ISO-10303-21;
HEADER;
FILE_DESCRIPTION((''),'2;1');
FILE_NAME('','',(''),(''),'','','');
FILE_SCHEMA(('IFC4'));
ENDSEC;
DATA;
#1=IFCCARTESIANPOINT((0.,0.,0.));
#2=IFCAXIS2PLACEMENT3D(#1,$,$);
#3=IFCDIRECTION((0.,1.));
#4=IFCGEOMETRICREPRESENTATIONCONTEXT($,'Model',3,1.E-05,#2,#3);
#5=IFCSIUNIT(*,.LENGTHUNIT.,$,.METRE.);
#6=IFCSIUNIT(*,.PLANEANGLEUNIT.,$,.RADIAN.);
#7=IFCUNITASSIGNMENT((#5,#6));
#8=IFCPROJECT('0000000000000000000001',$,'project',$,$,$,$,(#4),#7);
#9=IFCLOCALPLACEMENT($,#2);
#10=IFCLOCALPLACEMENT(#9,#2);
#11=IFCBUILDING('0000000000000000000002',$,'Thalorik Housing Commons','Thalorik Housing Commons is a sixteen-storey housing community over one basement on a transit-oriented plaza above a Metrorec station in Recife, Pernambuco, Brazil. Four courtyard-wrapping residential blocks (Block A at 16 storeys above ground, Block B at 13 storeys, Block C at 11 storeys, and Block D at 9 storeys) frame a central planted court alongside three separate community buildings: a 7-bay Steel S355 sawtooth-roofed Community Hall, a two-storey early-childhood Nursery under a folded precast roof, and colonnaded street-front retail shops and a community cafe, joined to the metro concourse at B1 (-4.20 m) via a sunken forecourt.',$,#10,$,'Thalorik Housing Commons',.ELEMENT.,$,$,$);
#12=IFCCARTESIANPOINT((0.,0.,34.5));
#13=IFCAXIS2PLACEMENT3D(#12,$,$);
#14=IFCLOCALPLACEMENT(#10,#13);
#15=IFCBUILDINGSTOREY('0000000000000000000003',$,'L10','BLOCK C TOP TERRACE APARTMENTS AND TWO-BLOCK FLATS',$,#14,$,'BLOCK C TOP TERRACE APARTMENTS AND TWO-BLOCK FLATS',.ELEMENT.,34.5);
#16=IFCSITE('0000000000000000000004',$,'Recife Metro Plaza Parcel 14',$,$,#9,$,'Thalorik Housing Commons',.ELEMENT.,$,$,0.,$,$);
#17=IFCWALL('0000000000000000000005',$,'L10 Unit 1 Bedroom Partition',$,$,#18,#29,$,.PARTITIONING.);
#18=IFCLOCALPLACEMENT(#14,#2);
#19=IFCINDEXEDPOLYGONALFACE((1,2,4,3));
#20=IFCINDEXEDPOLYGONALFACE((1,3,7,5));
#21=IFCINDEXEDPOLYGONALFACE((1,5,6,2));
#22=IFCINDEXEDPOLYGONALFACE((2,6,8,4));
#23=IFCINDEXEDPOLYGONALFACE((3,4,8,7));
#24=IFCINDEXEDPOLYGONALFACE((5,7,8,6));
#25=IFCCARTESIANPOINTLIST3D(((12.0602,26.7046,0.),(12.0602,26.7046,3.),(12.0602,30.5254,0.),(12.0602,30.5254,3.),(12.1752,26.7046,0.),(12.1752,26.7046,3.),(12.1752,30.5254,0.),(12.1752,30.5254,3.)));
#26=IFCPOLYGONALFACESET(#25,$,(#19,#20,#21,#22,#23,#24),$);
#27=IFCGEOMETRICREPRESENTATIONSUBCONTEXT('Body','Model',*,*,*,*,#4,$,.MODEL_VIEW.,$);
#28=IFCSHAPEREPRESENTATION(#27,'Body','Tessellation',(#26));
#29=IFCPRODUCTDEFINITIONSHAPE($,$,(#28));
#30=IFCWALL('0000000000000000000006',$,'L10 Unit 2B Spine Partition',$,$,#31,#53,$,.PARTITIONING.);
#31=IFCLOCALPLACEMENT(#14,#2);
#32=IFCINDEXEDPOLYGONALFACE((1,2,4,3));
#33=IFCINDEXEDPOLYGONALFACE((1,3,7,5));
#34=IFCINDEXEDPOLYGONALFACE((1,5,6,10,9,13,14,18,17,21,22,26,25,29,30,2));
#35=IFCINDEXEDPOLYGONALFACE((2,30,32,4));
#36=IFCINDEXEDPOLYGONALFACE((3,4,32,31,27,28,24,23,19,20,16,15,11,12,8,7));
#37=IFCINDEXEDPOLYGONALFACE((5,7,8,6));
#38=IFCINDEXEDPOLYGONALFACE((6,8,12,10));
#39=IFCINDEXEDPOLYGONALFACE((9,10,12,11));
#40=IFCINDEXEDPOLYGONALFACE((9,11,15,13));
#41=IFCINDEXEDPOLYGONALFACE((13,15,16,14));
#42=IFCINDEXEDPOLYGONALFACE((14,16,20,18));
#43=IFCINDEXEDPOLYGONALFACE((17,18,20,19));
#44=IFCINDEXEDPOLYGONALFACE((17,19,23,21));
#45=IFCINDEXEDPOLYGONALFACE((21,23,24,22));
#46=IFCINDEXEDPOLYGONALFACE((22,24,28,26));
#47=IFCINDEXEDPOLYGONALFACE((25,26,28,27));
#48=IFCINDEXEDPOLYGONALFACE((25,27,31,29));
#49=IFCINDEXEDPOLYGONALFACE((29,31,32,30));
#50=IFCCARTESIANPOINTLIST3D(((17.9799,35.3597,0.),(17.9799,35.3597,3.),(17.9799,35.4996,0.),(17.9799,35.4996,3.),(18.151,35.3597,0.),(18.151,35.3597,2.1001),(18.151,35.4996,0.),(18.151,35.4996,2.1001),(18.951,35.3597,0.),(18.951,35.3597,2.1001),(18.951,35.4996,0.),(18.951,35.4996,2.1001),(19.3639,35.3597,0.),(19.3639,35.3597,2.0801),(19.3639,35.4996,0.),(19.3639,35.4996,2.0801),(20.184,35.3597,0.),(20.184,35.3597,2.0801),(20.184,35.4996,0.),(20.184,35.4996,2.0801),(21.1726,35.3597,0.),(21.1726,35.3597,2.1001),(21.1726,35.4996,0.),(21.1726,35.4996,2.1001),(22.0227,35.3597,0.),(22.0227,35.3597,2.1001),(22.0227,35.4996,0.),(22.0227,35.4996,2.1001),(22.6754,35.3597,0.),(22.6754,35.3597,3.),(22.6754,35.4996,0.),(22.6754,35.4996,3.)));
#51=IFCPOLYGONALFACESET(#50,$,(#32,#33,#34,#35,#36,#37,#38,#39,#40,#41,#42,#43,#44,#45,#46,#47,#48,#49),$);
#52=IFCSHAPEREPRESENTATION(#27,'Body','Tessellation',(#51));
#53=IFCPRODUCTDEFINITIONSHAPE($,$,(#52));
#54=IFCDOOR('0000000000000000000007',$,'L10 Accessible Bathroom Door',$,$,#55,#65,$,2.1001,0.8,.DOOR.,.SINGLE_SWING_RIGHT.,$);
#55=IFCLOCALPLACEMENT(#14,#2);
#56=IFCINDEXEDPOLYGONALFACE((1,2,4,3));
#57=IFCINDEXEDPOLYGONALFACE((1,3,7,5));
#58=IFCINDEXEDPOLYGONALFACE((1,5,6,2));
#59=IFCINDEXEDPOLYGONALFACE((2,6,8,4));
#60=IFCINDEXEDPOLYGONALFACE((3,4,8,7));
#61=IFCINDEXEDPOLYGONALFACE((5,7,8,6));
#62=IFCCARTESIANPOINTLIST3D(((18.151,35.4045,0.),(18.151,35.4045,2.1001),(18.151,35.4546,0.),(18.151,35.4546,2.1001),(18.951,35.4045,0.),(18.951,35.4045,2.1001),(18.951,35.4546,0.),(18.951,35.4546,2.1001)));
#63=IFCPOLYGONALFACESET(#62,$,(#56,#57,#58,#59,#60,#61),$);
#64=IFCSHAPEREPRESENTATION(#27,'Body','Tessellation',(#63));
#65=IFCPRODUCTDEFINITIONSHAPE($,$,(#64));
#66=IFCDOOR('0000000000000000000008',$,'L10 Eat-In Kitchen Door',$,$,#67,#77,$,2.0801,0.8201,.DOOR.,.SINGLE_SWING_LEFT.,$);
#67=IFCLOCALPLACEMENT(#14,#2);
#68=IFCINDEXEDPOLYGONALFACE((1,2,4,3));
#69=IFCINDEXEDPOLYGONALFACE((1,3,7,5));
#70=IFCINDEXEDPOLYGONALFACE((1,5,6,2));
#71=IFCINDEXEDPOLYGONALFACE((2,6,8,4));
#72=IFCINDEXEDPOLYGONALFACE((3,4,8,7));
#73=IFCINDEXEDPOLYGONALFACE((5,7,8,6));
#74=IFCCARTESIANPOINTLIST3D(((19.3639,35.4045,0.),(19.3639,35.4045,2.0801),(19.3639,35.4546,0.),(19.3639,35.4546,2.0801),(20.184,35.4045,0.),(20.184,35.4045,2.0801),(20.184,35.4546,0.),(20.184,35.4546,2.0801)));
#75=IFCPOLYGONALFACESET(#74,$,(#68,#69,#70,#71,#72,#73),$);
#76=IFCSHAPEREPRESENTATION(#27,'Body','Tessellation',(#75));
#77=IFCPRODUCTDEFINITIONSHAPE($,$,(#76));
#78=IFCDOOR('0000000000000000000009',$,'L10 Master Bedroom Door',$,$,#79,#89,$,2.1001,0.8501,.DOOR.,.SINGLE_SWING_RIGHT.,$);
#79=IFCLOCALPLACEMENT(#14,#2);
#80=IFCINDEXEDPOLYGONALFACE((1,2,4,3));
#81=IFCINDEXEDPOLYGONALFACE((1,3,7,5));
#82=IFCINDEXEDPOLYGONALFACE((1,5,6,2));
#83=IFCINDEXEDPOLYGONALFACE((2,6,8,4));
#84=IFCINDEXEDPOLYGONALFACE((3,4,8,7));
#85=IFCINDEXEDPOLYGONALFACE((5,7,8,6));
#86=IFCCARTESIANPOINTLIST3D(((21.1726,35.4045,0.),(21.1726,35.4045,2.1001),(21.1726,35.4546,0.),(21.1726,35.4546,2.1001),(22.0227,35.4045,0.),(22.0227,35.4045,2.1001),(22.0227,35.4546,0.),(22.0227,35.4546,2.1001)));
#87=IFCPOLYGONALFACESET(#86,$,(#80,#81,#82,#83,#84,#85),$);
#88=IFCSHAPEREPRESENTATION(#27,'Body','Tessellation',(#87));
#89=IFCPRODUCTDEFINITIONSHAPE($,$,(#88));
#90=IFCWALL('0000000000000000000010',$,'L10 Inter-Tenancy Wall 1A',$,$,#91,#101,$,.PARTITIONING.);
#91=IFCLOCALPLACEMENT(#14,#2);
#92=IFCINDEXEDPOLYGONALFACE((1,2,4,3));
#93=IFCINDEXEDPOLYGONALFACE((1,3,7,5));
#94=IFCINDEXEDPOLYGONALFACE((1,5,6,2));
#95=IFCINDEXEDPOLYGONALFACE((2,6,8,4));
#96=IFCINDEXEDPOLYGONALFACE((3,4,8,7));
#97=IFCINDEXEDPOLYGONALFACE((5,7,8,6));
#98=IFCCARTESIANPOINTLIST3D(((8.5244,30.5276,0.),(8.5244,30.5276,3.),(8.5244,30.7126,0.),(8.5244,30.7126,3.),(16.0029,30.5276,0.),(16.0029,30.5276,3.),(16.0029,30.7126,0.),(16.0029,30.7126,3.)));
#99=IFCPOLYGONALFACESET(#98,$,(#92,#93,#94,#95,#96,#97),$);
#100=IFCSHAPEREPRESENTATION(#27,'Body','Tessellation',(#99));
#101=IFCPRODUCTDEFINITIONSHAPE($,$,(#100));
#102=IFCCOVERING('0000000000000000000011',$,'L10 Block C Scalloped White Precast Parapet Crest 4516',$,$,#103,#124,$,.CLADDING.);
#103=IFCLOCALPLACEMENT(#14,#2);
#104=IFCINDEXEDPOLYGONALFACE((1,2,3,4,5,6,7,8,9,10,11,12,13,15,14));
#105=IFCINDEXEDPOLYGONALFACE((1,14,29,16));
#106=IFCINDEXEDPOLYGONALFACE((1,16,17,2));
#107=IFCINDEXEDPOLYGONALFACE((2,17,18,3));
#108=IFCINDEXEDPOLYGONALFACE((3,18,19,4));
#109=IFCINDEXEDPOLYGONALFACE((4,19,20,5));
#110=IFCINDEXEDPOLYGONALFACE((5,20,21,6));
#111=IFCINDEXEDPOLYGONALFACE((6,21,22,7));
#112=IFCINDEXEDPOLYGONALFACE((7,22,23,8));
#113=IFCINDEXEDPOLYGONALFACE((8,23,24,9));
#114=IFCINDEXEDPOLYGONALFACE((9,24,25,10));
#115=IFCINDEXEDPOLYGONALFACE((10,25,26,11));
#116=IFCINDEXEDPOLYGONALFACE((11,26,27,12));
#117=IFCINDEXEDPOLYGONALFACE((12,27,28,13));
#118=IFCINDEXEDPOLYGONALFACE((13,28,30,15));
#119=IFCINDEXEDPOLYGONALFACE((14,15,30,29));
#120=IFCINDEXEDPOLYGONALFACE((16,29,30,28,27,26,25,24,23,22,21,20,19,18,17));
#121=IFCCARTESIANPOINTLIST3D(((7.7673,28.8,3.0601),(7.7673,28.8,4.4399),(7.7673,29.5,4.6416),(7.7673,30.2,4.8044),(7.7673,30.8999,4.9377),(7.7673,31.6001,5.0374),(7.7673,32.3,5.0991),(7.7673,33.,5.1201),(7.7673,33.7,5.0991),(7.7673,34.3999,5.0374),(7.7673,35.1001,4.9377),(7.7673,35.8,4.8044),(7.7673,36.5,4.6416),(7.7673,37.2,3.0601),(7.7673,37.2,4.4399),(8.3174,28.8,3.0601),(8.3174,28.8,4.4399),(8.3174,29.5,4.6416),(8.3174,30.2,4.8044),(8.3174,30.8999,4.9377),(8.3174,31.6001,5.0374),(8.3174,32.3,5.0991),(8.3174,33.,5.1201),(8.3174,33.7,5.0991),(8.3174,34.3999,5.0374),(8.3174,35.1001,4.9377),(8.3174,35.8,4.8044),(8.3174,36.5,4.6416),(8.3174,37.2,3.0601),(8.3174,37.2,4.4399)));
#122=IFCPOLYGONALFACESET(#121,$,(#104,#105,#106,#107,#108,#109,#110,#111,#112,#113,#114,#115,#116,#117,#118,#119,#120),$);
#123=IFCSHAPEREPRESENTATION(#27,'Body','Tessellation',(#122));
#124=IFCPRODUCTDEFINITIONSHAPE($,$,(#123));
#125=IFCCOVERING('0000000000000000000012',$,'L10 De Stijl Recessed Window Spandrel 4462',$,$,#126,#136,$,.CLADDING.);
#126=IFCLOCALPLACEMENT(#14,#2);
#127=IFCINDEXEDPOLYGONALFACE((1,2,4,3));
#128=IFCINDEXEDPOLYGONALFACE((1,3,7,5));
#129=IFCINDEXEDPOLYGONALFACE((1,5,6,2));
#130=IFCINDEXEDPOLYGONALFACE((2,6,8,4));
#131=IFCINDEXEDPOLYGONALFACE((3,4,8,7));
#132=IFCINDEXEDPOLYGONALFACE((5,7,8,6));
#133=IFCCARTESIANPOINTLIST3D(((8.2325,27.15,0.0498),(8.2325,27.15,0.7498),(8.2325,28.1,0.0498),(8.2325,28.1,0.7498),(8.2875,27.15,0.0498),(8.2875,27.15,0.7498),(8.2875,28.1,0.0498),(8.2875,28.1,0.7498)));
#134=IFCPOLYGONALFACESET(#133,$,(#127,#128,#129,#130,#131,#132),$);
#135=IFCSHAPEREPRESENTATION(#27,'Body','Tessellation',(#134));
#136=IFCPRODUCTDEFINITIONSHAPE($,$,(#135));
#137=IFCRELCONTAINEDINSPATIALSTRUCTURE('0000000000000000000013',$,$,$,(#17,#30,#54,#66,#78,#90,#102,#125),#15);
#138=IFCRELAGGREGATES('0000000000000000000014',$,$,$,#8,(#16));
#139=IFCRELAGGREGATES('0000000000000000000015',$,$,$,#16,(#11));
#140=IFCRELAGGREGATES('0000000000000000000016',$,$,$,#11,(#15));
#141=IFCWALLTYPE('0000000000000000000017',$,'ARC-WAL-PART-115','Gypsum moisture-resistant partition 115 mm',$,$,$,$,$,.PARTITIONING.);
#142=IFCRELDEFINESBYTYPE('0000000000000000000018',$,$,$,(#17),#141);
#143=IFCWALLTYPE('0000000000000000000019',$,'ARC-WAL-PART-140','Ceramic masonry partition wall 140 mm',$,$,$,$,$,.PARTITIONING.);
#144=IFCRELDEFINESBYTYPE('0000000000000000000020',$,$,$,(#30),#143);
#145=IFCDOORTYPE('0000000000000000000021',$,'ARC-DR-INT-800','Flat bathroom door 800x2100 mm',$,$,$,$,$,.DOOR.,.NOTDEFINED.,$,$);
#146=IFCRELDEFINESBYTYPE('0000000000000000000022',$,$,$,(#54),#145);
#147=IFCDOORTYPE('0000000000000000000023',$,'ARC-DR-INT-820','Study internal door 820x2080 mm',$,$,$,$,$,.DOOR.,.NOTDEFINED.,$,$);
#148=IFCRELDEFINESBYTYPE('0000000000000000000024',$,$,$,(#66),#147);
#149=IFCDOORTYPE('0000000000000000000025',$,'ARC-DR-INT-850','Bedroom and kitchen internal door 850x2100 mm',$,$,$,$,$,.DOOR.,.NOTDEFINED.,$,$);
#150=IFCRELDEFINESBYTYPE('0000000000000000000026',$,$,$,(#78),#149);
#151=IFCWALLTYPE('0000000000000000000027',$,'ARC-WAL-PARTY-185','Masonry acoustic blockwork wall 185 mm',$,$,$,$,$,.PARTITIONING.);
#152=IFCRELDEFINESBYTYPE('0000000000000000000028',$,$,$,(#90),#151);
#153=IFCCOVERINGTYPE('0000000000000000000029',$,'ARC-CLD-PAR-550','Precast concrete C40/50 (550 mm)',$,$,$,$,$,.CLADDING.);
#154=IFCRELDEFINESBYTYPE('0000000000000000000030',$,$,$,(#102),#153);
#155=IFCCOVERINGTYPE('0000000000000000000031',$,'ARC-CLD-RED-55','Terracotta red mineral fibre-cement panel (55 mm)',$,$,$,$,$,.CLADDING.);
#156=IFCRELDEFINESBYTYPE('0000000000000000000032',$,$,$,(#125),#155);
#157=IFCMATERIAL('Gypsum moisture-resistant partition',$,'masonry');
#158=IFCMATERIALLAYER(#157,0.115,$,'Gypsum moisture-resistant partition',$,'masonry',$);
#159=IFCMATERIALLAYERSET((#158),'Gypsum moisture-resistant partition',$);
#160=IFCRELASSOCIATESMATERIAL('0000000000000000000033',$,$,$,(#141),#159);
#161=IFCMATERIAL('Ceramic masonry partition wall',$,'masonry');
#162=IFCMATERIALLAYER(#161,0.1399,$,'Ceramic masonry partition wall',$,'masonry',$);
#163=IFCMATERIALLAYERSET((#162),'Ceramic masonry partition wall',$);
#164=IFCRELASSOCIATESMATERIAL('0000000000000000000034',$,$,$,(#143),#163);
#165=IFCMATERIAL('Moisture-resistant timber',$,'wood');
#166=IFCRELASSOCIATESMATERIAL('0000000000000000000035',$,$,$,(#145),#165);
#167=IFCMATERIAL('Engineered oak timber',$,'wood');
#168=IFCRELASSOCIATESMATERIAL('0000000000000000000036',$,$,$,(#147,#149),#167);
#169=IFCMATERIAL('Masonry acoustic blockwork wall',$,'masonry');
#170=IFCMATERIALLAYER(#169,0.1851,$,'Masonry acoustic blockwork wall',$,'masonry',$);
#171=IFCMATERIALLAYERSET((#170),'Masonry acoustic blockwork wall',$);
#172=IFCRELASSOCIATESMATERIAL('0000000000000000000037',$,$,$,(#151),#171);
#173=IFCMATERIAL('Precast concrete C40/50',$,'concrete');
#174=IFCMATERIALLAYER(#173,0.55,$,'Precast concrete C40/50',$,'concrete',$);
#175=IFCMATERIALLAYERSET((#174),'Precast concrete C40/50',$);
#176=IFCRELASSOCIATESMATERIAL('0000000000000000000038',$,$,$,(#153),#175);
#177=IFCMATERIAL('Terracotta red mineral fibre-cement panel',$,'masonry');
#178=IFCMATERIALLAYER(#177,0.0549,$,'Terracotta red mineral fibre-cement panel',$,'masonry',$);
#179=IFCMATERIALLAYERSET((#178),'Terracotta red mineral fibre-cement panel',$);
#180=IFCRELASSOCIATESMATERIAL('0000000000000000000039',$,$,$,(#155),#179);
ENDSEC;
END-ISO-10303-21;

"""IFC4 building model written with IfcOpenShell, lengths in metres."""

from ifc_helpers import new_model, si_unit, direction, frame, frame_2d, origin, origin_2d, place, context, subcontext, project, spatial, polyline, rectangle, outline, extrude, material, layer, layer_set, type_object, element, fill, save


model = new_model("IFC4")

# Units and contexts
model_context = context("Model", 3, precision=1e-05, world=origin(), true_north=direction((0.0, 1.0)))
body_context = subcontext(model_context, "Body", "Model", "MODEL_VIEW")
ifc_project = project(units=[si_unit("LENGTHUNIT", "METRE"), si_unit("PLANEANGLEUNIT", "RADIAN")], contexts=[model_context])

# Site, building, storey
site_placement = place(None, origin())
site = spatial("IfcSite", under=ifc_project, at=site_placement, Name="Recife Metro Plaza Parcel 14", LongName="Thalorik Housing Commons", CompositionType="ELEMENT", RefElevation=0.0)
building_placement = place(site_placement, origin())
building = spatial("IfcBuilding", under=site, at=building_placement, Name="Thalorik Housing Commons", Description="Thalorik Housing Commons is a sixteen-storey housing community over one basement on a transit-oriented plaza above a Metrorec station in Recife, Pernambuco, Brazil. Four courtyard-wrapping residential blocks (Block A at 16 storeys above ground, Block B at 13 storeys, Block C at 11 storeys, and Block D at 9 storeys) frame a central planted court alongside three separate community buildings: a 7-bay Steel S355 sawtooth-roofed Community Hall, a two-storey early-childhood Nursery under a folded precast roof, and colonnaded street-front retail shops and a community cafe, joined to the metro concourse at B1 (-4.20 m) via a sunken forecourt.", LongName="Thalorik Housing Commons", CompositionType="ELEMENT")
storey_placement = place(building_placement, frame((0.0, 0.0, 34.5)))
storey = spatial("IfcBuildingStorey", under=building, at=storey_placement, Name="L10", Description="BLOCK C TOP TERRACE APARTMENTS AND TWO-BLOCK FLATS", LongName="BLOCK C TOP TERRACE APARTMENTS AND TWO-BLOCK FLATS", CompositionType="ELEMENT", Elevation=34.5)

# Shared definitions
ifc_material_1 = material(Name="Precast concrete C40/50", Category="concrete")

# Wall
ifc_material_2 = material(Name="Gypsum moisture-resistant partition", Category="masonry")
ifc_layer_1 = layer(ifc_material_2, 0.115, Name="Gypsum moisture-resistant partition", Category="masonry")
ifc_layer_set_1 = layer_set([ifc_layer_1], Name="Gypsum moisture-resistant partition")
wall_type_1 = type_object("IfcWallType", Name="ARC-WAL-PART-115", Description="Gypsum moisture-resistant partition 115 mm", PredefinedType="PARTITIONING", material=ifc_layer_set_1)
wall_1_placement = place(storey_placement, frame((12.1177, 26.7046, 0.0), z_axis=(0.0, 0.0, 1.0), x_axis=(0.0, 1.0, 0.0)))
element("IfcWall", 1, at=wall_1_placement, inside=storey, type_object=wall_type_1, Name="L10 Unit 1 Bedroom Partition", PredefinedType="PARTITIONING", context=body_context, shape_type="SweptSolid", body=[
    extrude(rectangle(XDim=3.8208, YDim=0.115, at=frame_2d((1.9104, 0.0))), origin(), (0.0, 0.0, 1.0), 3.0),
])

# Wall, openings, doors
ifc_material_3 = material(Name="Ceramic masonry partition wall", Category="masonry")
ifc_layer_2 = layer(ifc_material_3, 0.1399, Name="Ceramic masonry partition wall", Category="masonry")
ifc_layer_set_2 = layer_set([ifc_layer_2], Name="Ceramic masonry partition wall")
wall_type_2 = type_object("IfcWallType", Name="ARC-WAL-PART-140", Description="Ceramic masonry partition wall 140 mm", PredefinedType="PARTITIONING", material=ifc_layer_set_2)
wall_2_placement = place(storey_placement, frame((17.98, 35.4297, 0.0), z_axis=(0.0, 0.0, 1.0), x_axis=(1.0, 0.0, 0.0)))
wall_2 = element("IfcWall", 2, at=wall_2_placement, inside=storey, type_object=wall_type_2, Name="L10 Unit 2B Spine Partition", PredefinedType="PARTITIONING", context=body_context, shape_type="SweptSolid", body=[
    extrude(rectangle(XDim=4.6956, YDim=0.1399, at=frame_2d((2.3477, 0.0))), origin(), (0.0, 0.0, 1.0), 3.0),
])
opening_1_placement = place(wall_2_placement, frame((0.1711, 0.0, 0.0)))
opening_1 = element("IfcOpeningElement", 3, at=opening_1_placement, cuts=wall_2, PredefinedType="OPENING", context=body_context, shape_type="SweptSolid", body=[
    extrude(rectangle(XDim=0.8, YDim=2.1001, at=frame_2d((0.3999, 1.05))), frame((0.0, 0.0801, 0.0), z_axis=(0.0, -1.0, 0.0), x_axis=(1.0, 0.0, 0.0)), (0.0, 0.0, 1.0), 0.1599),
])
opening_2_placement = place(wall_2_placement, frame((1.3838, 0.0, 0.0)))
opening_2 = element("IfcOpeningElement", 4, at=opening_2_placement, cuts=wall_2, PredefinedType="OPENING", context=body_context, shape_type="SweptSolid", body=[
    extrude(rectangle(XDim=0.8201, YDim=2.0801, at=frame_2d((0.4102, 1.04))), frame((0.0, 0.0801, 0.0), z_axis=(0.0, -1.0, 0.0), x_axis=(1.0, 0.0, 0.0)), (0.0, 0.0, 1.0), 0.1599),
])
opening_3_placement = place(wall_2_placement, frame((3.1926, 0.0, 0.0)))
opening_3 = element("IfcOpeningElement", 5, at=opening_3_placement, cuts=wall_2, PredefinedType="OPENING", context=body_context, shape_type="SweptSolid", body=[
    extrude(rectangle(XDim=0.8501, YDim=2.1001, at=frame_2d((0.425, 1.05))), frame((0.0, 0.0801, 0.0), z_axis=(0.0, -1.0, 0.0), x_axis=(1.0, 0.0, 0.0)), (0.0, 0.0, 1.0), 0.1599),
])
ifc_material_4 = material(Name="Moisture-resistant timber", Category="wood")
door_type_1 = type_object("IfcDoorType", Name="ARC-DR-INT-800", Description="Flat bathroom door 800x2100 mm", OperationType="NOTDEFINED", PredefinedType="DOOR", material=ifc_material_4)
door_1_placement = place(opening_1_placement, origin())
door_1 = element("IfcDoor", 6, at=door_1_placement, inside=storey, type_object=door_type_1, Name="L10 Accessible Bathroom Door", OperationType="SINGLE_SWING_RIGHT", OverallHeight=2.1001, OverallWidth=0.8, PredefinedType="DOOR", context=body_context, shape_type="SweptSolid", body=[
    extrude(rectangle(XDim=0.8, YDim=2.1001, at=frame_2d((0.3999, 1.05))), frame((0.0, 0.0249, 0.0), z_axis=(0.0, -1.0, 0.0), x_axis=(1.0, 0.0, 0.0)), (0.0, 0.0, 1.0), 0.05),
])
fill(opening_1, door_1)
ifc_material_5 = material(Name="Engineered oak timber", Category="wood")
door_type_2 = type_object("IfcDoorType", Name="ARC-DR-INT-820", Description="Study internal door 820x2080 mm", OperationType="NOTDEFINED", PredefinedType="DOOR", material=ifc_material_5)
door_2_placement = place(opening_2_placement, origin())
door_2 = element("IfcDoor", 7, at=door_2_placement, inside=storey, type_object=door_type_2, Name="L10 Eat-In Kitchen Door", OperationType="SINGLE_SWING_LEFT", OverallHeight=2.0801, OverallWidth=0.8201, PredefinedType="DOOR", context=body_context, shape_type="SweptSolid", body=[
    extrude(rectangle(XDim=0.8201, YDim=2.0801, at=frame_2d((0.4102, 1.04))), frame((0.0, 0.0249, 0.0), z_axis=(0.0, -1.0, 0.0), x_axis=(1.0, 0.0, 0.0)), (0.0, 0.0, 1.0), 0.05),
])
fill(opening_2, door_2)
door_type_3 = type_object("IfcDoorType", Name="ARC-DR-INT-850", Description="Bedroom and kitchen internal door 850x2100 mm", OperationType="NOTDEFINED", PredefinedType="DOOR", material=ifc_material_5)
door_3_placement = place(opening_3_placement, origin())
door_3 = element("IfcDoor", 8, at=door_3_placement, inside=storey, type_object=door_type_3, Name="L10 Master Bedroom Door", OperationType="SINGLE_SWING_RIGHT", OverallHeight=2.1001, OverallWidth=0.8501, PredefinedType="DOOR", context=body_context, shape_type="SweptSolid", body=[
    extrude(rectangle(XDim=0.8501, YDim=2.1001, at=frame_2d((0.425, 1.05))), frame((0.0, 0.0249, 0.0), z_axis=(0.0, -1.0, 0.0), x_axis=(1.0, 0.0, 0.0)), (0.0, 0.0, 1.0), 0.05),
])
fill(opening_3, door_3)

# Wall
ifc_material_6 = material(Name="Masonry acoustic blockwork wall", Category="masonry")
ifc_layer_3 = layer(ifc_material_6, 0.1851, Name="Masonry acoustic blockwork wall", Category="masonry")
ifc_layer_set_3 = layer_set([ifc_layer_3], Name="Masonry acoustic blockwork wall")
wall_type_3 = type_object("IfcWallType", Name="ARC-WAL-PARTY-185", Description="Masonry acoustic blockwork wall 185 mm", PredefinedType="PARTITIONING", material=ifc_layer_set_3)
wall_3_placement = place(storey_placement, frame((8.5244, 30.6201, 0.0), z_axis=(0.0, 0.0, 1.0), x_axis=(1.0, 0.0, 0.0)))
element("IfcWall", 9, at=wall_3_placement, inside=storey, type_object=wall_type_3, Name="L10 Inter-Tenancy Wall 1A", PredefinedType="PARTITIONING", context=body_context, shape_type="SweptSolid", body=[
    extrude(rectangle(XDim=7.4785, YDim=0.1851, at=frame_2d((3.7393, 0.0))), origin(), (0.0, 0.0, 1.0), 3.0),
])

# Coverings
ifc_layer_4 = layer(ifc_material_1, 0.55, Name="Precast concrete C40/50", Category="concrete")
ifc_layer_set_4 = layer_set([ifc_layer_4], Name="Precast concrete C40/50")
covering_type_1 = type_object("IfcCoveringType", Name="ARC-CLD-PAR-550", Description="Precast concrete C40/50 (550 mm)", PredefinedType="CLADDING", material=ifc_layer_set_4)
covering_1_placement = place(storey_placement, frame((8.0425, 33.0, 3.0601), z_axis=(0.0, 0.0, 1.0), x_axis=(0.0, -1.0, 0.0)))
element("IfcCovering", 10, at=covering_1_placement, inside=storey, type_object=covering_type_1, Name="L10 Block C Scalloped White Precast Parapet Crest 4516", PredefinedType="CLADDING", context=body_context, shape_type="SweptSolid", body=[
    extrude(outline(polyline([(-4.2, 0.0), (4.2, 0.0), (4.2, 1.3799), (3.5, 1.5815), (2.8, 1.7444), (2.1001, 1.8777), (1.3999, 1.9773), (0.7, 2.0391), (0.0, 2.0601), (-0.7, 2.0391), (-1.3999, 1.9773), (-2.1001, 1.8777), (-2.8, 1.7444), (-3.5, 1.5815), (-4.2, 1.3799), (-4.2, 0.0)])), frame((0.0, 0.2749, 0.0), z_axis=(0.0, -1.0, 0.0), x_axis=(1.0, 0.0, 0.0)), (0.0, 0.0, 1.0), 0.55),
])
ifc_material_7 = material(Name="Terracotta red mineral fibre-cement panel", Category="masonry")
ifc_layer_5 = layer(ifc_material_7, 0.0549, Name="Terracotta red mineral fibre-cement panel", Category="masonry")
ifc_layer_set_5 = layer_set([ifc_layer_5], Name="Terracotta red mineral fibre-cement panel")
covering_type_2 = type_object("IfcCoveringType", Name="ARC-CLD-RED-55", Description="Terracotta red mineral fibre-cement panel (55 mm)", PredefinedType="CLADDING", material=ifc_layer_set_5)
covering_2_placement = place(storey_placement, frame((8.26, 27.625, 0.0498), z_axis=(0.0, 0.0, 1.0), x_axis=(0.0, -1.0, 0.0)))
element("IfcCovering", 11, at=covering_2_placement, inside=storey, type_object=covering_type_2, Name="L10 De Stijl Recessed Window Spandrel 4462", PredefinedType="CLADDING", context=body_context, shape_type="SweptSolid", body=[
    extrude(rectangle(XDim=0.95, YDim=0.0549, at=origin_2d()), origin(), (0.0, 0.0, 1.0), 0.7),
])

save(model, "model.ifc")
